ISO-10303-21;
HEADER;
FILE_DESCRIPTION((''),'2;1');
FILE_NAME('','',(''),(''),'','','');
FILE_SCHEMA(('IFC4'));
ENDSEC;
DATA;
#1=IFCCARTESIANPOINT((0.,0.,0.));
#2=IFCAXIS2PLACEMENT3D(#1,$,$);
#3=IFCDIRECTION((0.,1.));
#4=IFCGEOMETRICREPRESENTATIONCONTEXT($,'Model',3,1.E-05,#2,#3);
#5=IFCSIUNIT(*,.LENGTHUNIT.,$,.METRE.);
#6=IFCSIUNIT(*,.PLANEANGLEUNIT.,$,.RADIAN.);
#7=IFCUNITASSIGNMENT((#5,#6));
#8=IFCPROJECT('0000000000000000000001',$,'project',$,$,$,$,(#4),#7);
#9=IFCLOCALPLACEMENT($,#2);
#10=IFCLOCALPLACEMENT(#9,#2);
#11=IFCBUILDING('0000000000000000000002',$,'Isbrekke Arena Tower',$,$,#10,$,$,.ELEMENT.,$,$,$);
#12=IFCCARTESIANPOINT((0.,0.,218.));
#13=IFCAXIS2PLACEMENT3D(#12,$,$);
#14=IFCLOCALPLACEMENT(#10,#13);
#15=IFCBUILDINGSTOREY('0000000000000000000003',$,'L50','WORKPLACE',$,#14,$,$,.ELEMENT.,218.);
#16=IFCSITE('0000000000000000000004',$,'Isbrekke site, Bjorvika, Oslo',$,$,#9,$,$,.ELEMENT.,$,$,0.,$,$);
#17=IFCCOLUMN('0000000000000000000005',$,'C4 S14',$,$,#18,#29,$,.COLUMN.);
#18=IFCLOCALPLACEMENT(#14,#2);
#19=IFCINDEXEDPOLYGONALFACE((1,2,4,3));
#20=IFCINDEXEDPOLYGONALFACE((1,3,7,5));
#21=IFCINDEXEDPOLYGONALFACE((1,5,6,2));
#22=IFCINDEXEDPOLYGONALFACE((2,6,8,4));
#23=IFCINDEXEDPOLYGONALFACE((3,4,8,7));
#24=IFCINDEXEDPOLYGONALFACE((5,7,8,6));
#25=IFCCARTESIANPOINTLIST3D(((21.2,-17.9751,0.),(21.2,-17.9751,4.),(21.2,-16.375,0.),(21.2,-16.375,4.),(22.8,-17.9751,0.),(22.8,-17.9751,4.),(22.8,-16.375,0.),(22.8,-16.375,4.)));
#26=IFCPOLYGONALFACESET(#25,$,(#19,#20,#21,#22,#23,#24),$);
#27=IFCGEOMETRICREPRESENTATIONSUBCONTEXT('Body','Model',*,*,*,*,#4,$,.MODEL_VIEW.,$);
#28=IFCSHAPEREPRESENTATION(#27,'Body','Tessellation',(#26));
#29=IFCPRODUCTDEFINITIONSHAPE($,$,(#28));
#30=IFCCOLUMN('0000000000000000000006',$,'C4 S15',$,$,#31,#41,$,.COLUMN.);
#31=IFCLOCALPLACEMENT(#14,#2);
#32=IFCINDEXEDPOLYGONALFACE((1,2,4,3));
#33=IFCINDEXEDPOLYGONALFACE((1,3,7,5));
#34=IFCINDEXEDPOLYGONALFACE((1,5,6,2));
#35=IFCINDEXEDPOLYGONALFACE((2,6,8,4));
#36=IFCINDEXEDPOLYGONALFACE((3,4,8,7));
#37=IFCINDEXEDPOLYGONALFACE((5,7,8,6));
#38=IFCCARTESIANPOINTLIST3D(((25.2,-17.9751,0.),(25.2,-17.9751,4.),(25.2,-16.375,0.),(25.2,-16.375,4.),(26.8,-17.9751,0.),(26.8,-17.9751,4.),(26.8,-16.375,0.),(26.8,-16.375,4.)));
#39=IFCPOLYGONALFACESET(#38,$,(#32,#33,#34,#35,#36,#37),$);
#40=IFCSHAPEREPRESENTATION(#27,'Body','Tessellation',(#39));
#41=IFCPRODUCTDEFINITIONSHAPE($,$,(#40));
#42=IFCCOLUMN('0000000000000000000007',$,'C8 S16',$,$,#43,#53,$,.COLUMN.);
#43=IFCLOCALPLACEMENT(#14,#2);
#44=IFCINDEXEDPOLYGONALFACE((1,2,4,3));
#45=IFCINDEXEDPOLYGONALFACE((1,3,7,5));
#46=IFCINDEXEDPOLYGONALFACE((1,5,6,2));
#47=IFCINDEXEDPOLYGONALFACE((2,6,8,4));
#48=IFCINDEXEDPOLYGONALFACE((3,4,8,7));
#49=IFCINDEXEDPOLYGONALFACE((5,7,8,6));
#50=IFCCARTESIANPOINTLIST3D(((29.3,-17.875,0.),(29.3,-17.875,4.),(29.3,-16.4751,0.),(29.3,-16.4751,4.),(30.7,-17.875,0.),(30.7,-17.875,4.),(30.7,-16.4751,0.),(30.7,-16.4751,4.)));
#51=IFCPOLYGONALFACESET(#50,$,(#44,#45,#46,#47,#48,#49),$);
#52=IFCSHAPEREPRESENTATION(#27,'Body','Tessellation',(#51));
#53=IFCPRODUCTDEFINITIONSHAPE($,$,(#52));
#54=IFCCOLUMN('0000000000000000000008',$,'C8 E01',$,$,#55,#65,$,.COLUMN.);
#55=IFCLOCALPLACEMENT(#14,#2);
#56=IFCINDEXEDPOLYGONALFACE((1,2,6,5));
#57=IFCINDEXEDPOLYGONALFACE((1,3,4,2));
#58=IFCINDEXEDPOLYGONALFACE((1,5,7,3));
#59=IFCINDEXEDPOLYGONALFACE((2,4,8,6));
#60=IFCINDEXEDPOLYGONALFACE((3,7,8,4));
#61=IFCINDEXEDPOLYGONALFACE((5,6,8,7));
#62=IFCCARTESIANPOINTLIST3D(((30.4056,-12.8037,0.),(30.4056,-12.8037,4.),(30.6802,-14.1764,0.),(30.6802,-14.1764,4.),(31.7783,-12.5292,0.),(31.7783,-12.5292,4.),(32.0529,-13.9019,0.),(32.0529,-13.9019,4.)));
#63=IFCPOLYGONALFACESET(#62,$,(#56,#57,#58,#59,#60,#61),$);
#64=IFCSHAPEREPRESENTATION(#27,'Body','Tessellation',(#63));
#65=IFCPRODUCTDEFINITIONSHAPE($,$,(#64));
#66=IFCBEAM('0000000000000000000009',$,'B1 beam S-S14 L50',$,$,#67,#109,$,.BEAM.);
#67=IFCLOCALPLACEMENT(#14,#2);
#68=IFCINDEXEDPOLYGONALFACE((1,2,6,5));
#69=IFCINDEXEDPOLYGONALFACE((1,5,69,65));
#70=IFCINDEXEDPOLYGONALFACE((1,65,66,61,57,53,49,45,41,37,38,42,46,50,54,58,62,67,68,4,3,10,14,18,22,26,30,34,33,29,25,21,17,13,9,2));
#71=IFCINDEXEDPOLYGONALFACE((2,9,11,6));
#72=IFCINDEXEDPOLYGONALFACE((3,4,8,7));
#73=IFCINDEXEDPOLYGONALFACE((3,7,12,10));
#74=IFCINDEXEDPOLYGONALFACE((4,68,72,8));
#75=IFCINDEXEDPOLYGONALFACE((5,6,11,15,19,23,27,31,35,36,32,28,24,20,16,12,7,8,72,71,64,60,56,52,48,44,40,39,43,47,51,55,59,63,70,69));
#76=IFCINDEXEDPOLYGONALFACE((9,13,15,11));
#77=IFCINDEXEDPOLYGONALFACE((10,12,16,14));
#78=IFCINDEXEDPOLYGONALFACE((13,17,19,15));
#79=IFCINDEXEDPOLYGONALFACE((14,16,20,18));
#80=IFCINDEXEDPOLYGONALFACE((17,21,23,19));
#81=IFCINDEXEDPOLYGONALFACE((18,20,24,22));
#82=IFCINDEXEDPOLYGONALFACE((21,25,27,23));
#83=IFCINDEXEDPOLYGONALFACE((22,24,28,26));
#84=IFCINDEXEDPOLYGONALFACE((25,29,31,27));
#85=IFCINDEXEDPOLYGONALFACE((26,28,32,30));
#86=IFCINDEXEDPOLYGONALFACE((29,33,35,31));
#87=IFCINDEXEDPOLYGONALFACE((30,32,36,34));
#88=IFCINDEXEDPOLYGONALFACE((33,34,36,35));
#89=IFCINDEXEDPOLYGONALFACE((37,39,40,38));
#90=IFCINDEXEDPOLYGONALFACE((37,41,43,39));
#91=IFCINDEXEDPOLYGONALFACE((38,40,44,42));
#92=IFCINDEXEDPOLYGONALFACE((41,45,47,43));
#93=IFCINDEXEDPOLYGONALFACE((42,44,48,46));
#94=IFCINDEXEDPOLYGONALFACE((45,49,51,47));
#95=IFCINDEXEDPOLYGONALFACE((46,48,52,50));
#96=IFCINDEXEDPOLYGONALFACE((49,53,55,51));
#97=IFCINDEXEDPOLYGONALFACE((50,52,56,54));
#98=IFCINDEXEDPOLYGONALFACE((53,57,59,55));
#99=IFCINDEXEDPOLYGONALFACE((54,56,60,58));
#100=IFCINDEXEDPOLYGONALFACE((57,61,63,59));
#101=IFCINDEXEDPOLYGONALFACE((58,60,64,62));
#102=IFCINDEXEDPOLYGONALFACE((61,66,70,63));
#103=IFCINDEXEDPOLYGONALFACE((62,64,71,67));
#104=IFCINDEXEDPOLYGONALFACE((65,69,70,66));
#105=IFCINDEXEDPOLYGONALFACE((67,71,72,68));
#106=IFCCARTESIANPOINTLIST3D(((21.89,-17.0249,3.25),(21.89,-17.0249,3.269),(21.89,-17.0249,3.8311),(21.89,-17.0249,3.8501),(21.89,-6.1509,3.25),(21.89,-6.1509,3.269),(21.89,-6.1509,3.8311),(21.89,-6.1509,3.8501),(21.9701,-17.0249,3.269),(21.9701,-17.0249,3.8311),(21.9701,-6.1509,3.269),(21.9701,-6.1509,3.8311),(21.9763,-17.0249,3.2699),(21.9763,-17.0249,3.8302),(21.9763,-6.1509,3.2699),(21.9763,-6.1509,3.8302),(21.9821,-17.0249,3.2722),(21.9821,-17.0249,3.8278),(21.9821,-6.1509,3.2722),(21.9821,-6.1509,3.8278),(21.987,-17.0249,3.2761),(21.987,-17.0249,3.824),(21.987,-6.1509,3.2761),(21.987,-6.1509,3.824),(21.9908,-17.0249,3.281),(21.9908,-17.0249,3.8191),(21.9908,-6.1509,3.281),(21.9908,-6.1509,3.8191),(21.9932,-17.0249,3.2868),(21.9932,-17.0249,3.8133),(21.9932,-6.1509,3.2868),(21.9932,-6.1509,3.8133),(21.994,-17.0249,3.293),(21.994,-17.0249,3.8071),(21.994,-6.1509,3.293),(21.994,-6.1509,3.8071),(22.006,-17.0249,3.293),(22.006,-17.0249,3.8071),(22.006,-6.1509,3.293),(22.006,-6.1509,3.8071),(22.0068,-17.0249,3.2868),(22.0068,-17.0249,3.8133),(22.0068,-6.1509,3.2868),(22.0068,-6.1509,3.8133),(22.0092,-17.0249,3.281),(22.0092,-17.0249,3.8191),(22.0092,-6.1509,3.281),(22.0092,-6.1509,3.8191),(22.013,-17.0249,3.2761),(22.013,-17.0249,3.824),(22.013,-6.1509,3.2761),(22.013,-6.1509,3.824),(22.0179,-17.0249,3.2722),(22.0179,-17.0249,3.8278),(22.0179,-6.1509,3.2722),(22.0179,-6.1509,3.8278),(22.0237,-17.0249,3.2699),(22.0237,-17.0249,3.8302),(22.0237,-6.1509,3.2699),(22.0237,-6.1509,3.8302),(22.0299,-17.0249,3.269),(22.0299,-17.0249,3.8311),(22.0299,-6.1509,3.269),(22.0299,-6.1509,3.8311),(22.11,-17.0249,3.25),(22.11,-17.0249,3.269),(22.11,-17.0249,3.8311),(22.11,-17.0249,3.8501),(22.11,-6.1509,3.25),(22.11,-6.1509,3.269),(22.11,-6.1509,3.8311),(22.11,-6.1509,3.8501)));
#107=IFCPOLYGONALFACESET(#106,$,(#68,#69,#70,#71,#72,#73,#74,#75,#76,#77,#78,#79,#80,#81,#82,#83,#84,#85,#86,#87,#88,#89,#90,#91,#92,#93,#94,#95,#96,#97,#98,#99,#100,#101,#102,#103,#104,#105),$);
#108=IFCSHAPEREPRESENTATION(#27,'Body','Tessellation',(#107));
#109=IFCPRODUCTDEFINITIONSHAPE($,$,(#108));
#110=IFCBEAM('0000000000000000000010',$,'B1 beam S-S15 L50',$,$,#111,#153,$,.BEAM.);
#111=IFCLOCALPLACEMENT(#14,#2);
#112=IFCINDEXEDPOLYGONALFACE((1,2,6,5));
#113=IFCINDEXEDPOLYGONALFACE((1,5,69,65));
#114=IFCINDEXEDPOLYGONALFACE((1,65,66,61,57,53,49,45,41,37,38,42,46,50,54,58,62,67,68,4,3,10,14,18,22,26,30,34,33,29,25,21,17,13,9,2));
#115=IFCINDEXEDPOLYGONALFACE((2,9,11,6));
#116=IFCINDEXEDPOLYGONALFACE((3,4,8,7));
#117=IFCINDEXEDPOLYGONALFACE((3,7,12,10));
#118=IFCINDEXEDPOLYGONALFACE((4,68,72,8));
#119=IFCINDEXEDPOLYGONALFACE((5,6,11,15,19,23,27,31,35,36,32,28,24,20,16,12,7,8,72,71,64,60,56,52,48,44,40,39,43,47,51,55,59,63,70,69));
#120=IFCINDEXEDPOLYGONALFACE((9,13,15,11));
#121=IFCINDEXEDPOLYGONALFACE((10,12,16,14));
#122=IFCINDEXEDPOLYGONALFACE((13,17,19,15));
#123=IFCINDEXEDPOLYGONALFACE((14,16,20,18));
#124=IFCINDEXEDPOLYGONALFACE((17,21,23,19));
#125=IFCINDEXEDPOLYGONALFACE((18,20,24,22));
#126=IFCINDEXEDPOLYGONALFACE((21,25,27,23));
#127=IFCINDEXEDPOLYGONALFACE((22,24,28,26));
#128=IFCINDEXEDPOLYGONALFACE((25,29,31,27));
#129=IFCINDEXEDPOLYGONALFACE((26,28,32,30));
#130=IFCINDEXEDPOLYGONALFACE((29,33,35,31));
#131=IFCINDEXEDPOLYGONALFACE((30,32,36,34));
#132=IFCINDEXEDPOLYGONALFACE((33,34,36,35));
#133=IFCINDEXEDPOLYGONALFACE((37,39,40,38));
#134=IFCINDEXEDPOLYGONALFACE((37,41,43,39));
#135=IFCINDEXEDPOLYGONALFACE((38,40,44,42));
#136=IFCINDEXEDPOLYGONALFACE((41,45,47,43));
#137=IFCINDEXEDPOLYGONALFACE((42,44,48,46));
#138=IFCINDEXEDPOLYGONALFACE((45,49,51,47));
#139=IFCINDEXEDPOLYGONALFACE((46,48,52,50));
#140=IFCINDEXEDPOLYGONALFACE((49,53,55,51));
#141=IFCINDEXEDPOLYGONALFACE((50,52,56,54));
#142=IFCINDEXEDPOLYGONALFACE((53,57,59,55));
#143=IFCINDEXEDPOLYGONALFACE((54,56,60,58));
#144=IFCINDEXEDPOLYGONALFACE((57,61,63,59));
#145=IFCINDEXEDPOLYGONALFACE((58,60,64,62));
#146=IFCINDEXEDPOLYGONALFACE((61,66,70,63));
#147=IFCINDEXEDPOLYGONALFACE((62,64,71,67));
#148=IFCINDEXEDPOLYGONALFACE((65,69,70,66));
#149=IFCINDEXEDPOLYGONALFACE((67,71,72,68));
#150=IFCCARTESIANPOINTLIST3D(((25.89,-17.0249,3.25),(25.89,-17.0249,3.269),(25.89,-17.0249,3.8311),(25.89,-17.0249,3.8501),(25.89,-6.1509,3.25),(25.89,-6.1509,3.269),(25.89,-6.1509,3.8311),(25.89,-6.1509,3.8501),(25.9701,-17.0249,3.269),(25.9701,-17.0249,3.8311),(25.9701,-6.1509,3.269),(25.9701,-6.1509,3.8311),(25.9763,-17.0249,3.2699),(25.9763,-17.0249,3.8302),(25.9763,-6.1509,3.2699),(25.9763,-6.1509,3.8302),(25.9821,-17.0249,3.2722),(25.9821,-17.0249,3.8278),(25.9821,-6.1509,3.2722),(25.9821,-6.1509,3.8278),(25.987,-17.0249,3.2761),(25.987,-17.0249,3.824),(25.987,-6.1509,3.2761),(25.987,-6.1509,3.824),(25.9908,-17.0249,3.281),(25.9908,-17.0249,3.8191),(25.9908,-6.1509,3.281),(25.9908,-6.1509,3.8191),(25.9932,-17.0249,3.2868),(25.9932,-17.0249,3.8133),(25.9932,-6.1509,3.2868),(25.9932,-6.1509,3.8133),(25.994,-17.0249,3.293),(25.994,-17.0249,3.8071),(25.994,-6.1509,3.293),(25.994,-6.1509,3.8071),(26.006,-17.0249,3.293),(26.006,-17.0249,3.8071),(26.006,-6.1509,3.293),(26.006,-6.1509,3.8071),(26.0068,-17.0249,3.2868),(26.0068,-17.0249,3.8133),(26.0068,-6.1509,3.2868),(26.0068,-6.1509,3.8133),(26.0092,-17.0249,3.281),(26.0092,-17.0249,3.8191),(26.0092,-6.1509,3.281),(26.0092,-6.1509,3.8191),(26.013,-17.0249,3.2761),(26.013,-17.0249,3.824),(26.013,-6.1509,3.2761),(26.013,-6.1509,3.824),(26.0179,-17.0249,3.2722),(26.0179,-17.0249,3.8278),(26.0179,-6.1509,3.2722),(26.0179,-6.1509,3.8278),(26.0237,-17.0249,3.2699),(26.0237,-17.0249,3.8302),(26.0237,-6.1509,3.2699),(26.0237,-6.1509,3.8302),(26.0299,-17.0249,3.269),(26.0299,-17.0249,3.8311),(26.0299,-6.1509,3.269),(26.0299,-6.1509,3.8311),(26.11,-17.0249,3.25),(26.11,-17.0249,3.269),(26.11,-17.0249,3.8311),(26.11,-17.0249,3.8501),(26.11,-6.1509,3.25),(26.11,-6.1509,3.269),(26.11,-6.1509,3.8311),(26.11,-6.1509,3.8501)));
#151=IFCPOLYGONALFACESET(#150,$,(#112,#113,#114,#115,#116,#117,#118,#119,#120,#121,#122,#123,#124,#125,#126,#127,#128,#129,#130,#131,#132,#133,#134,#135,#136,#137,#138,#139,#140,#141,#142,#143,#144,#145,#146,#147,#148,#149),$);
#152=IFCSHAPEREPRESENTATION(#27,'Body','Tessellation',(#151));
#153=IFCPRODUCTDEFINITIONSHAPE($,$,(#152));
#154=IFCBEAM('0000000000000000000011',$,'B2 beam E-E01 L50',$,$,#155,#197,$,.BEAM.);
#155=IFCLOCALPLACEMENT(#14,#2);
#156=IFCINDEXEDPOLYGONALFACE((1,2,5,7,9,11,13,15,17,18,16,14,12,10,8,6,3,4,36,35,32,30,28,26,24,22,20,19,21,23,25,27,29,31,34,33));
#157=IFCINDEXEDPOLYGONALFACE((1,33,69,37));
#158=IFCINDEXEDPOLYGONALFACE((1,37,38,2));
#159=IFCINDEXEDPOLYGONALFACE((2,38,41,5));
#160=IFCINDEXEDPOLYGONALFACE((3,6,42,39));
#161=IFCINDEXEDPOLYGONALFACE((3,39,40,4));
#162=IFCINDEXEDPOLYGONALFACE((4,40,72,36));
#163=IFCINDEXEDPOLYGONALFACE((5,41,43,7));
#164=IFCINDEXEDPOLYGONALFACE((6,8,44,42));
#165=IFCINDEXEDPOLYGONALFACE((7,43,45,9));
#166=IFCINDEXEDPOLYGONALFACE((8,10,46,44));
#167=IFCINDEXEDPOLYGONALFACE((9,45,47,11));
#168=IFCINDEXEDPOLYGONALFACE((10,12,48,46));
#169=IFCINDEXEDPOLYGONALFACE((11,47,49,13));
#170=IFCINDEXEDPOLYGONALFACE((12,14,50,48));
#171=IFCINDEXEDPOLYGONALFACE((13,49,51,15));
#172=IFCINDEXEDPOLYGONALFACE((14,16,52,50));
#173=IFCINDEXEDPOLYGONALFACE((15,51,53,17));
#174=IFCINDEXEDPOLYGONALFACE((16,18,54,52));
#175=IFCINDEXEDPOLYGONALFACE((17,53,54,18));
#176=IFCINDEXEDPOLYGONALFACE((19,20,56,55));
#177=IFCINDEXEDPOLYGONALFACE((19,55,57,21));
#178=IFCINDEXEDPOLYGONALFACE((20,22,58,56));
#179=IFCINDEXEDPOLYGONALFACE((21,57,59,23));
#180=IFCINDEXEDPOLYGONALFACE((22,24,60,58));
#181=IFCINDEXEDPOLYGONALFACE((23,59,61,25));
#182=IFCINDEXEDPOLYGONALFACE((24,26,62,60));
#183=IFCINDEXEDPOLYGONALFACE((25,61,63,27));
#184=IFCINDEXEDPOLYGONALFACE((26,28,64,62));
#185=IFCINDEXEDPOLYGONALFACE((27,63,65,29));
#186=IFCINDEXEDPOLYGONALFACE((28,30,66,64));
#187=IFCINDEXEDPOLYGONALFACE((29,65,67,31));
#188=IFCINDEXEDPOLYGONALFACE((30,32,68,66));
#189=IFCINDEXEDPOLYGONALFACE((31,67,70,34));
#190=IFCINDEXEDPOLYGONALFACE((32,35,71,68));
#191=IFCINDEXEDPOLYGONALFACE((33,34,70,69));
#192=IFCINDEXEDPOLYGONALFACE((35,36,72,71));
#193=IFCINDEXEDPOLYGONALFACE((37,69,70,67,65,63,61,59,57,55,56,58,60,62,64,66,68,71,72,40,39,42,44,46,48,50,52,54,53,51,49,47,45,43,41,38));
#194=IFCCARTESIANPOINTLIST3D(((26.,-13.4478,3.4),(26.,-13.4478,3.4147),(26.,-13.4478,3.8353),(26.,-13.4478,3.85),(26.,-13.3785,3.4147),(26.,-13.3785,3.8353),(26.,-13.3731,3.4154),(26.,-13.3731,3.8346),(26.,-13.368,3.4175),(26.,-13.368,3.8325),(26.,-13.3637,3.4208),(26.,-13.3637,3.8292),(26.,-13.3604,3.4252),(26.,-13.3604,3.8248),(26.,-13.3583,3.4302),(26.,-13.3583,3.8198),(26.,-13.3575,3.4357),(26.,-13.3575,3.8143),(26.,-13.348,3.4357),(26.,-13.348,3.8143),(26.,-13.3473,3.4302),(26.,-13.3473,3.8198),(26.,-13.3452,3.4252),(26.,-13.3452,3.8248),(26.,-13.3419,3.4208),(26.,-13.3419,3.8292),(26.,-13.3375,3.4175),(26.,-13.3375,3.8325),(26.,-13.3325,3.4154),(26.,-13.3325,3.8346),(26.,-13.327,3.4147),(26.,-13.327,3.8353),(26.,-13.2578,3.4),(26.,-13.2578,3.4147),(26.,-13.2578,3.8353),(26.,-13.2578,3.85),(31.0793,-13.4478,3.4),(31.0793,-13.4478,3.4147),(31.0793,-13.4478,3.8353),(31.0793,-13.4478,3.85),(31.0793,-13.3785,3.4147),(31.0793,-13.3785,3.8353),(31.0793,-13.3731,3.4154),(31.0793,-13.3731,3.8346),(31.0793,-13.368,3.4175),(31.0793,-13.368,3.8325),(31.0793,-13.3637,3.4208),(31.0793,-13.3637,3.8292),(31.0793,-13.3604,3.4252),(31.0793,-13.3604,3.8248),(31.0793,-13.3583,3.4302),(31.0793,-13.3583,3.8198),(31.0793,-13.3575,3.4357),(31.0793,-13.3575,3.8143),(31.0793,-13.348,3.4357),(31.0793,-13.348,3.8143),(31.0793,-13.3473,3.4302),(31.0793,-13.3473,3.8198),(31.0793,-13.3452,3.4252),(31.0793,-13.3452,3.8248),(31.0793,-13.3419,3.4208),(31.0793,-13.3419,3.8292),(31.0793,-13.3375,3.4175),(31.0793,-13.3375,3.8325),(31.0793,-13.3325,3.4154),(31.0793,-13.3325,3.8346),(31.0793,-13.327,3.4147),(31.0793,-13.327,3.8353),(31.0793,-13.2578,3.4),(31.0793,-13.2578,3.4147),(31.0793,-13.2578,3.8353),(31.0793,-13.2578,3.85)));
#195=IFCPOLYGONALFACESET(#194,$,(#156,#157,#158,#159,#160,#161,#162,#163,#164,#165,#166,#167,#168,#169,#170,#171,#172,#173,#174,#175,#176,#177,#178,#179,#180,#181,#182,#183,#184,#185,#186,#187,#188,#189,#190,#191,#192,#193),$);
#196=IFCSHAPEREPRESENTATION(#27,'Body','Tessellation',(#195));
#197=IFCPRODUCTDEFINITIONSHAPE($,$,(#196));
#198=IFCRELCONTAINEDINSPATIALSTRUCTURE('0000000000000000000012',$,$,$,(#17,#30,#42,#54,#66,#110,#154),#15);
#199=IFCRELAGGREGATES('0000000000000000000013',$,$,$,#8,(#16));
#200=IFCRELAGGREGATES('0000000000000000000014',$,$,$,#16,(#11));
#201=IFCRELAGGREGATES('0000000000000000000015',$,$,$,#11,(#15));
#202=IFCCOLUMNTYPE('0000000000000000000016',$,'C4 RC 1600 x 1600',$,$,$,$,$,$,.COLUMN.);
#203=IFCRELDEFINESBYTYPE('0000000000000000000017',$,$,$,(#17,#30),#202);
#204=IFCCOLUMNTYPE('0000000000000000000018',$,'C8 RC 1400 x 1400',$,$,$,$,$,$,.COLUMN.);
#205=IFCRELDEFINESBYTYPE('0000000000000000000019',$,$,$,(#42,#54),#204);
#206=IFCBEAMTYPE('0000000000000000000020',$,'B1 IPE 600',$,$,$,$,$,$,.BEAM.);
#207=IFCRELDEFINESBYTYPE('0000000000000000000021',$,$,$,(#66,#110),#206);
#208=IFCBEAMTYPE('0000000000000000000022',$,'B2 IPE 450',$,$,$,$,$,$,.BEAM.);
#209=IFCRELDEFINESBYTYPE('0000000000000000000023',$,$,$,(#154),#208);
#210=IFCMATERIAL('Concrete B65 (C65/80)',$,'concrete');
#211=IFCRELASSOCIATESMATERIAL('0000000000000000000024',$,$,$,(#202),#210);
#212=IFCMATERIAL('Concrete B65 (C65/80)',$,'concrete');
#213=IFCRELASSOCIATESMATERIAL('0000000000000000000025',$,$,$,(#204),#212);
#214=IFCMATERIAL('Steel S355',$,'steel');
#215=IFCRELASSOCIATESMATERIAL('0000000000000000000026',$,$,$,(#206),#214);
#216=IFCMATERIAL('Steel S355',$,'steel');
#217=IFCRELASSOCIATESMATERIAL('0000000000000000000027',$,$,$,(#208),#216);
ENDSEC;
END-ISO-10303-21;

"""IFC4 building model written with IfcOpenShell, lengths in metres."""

from ifc_helpers import new_model, si_unit, direction, frame, origin, origin_2d, place, context, subcontext, project, spatial, rectangle, i_section, extrude, material, material_profile, profile_set, type_object, element, save


model = new_model("IFC4")

# Units and contexts
model_context = context("Model", 3, precision=1e-05, world=origin(), true_north=direction((0.0, 1.0)))
body_context = subcontext(model_context, "Body", "Model", "MODEL_VIEW")
ifc_project = project(units=[si_unit("LENGTHUNIT", "METRE"), si_unit("PLANEANGLEUNIT", "RADIAN")], contexts=[model_context])

# Site, building, storey
site_placement = place(None, origin())
site = spatial("IfcSite", under=ifc_project, at=site_placement, Name="Isbrekke site, Bjorvika, Oslo", CompositionType="ELEMENT", RefElevation=0.0)
building_placement = place(site_placement, origin())
building = spatial("IfcBuilding", under=site, at=building_placement, Name="Isbrekke Arena Tower", CompositionType="ELEMENT")
storey_placement = place(building_placement, frame((0.0, 0.0, 218.0)))
storey = spatial("IfcBuildingStorey", under=building, at=storey_placement, Name="L50", Description="WORKPLACE", CompositionType="ELEMENT", Elevation=218.0)

# Columns
ifc_material_1 = material(Name="Concrete B65 (C65/80)", Category="concrete")
ifc_material_profile_1 = material_profile(ifc_material_1, rectangle(XDim=1.6001, YDim=1.6001, at=origin_2d()), Name="RC 1600x1600")
ifc_profile_set_1 = profile_set([ifc_material_profile_1], Name="Concrete B65 (C65/80)")
column_type_1 = type_object("IfcColumnType", Name="C4 RC 1600 x 1600", PredefinedType="COLUMN", material=ifc_profile_set_1)
for number, where, z_axis, x_axis, name in (
    (1, (22.0, -17.175, 0.0), (0.0, 0.0, 1.0), (1.0, 0.0, 0.0), "C4 S14"),
    (2, (26.0, -17.175, 0.0), (0.0, 0.0, 1.0), (1.0, 0.0, 0.0), "C4 S15"),
):
    element("IfcColumn", number, at=place(storey_placement, frame(where, z_axis=z_axis, x_axis=x_axis)), inside=storey, type_object=column_type_1, Name=name, PredefinedType="COLUMN", context=body_context, shape_type="SweptSolid", body=[
        extrude(rectangle(XDim=1.6001, YDim=1.6001, at=origin_2d()), origin(), (0.0, 0.0, 1.0), 4.0),
    ])
ifc_material_2 = material(Name="Concrete B65 (C65/80)", Category="concrete")
ifc_material_profile_2 = material_profile(ifc_material_2, rectangle(XDim=1.3999, YDim=1.3999, at=origin_2d()), Name="RC 1400x1400")
ifc_profile_set_2 = profile_set([ifc_material_profile_2], Name="Concrete B65 (C65/80)")
column_type_2 = type_object("IfcColumnType", Name="C8 RC 1400 x 1400", PredefinedType="COLUMN", material=ifc_profile_set_2)
for number, where, z_axis, x_axis, name in (
    (3, (30.0, -17.175, 0.0), (0.0, 0.0, 1.0), (1.0, 0.0, 0.0), "C8 S16"),
    (4, (31.2292, -13.3528, 0.0), (0.0, 0.0, 1.0), (-0.196116, 0.980581, 0.0), "C8 E01"),
):
    element("IfcColumn", number, at=place(storey_placement, frame(where, z_axis=z_axis, x_axis=x_axis)), inside=storey, type_object=column_type_2, Name=name, PredefinedType="COLUMN", context=body_context, shape_type="SweptSolid", body=[
        extrude(rectangle(XDim=1.3999, YDim=1.3999, at=origin_2d()), origin(), (0.0, 0.0, 1.0), 4.0),
    ])

# Beams
ifc_material_3 = material(Name="Steel S355", Category="steel")
ifc_material_profile_3 = material_profile(ifc_material_3, i_section(OverallWidth=0.22, OverallDepth=0.6001, WebThickness=0.012, FlangeThickness=0.019, FilletRadius=0.0239, at=origin_2d()), Name="IPE 600")
ifc_profile_set_3 = profile_set([ifc_material_profile_3], Name="Steel S355")
beam_type_1 = type_object("IfcBeamType", Name="B1 IPE 600", PredefinedType="BEAM", material=ifc_profile_set_3)
for number, where, z_axis, x_axis, name in (
    (5, (22.0, -17.0249, 3.55), (0.0, 1.0, 0.0), (-1.0, 0.0, 0.0), "B1 beam S-S14 L50"),
    (6, (26.0, -17.0249, 3.55), (0.0, 1.0, 0.0), (-1.0, 0.0, 0.0), "B1 beam S-S15 L50"),
):
    element("IfcBeam", number, at=place(storey_placement, frame(where, z_axis=z_axis, x_axis=x_axis)), inside=storey, type_object=beam_type_1, Name=name, PredefinedType="BEAM", context=body_context, shape_type="SweptSolid", body=[
        extrude(i_section(OverallWidth=0.22, OverallDepth=0.6001, WebThickness=0.012, FlangeThickness=0.019, FilletRadius=0.0239, at=origin_2d()), origin(), (0.0, 0.0, 1.0), 10.874),
    ])
ifc_material_4 = material(Name="Steel S355", Category="steel")
ifc_material_profile_4 = material_profile(ifc_material_4, i_section(OverallWidth=0.1899, OverallDepth=0.45, WebThickness=0.0095, FlangeThickness=0.0146, FilletRadius=0.021, at=origin_2d()), Name="IPE 450")
ifc_profile_set_4 = profile_set([ifc_material_profile_4], Name="Steel S355")
beam_type_2 = type_object("IfcBeamType", Name="B2 IPE 450", PredefinedType="BEAM", material=ifc_profile_set_4)
beam_1_placement = place(storey_placement, frame((31.0793, -13.3528, 3.625), z_axis=(-1.0, 0.0, 0.0), x_axis=(0.0, -1.0, 0.0)))
element("IfcBeam", 7, at=beam_1_placement, inside=storey, type_object=beam_type_2, Name="B2 beam E-E01 L50", PredefinedType="BEAM", context=body_context, shape_type="SweptSolid", body=[
    extrude(i_section(OverallWidth=0.1899, OverallDepth=0.45, WebThickness=0.0095, FlangeThickness=0.0146, FilletRadius=0.021, at=origin_2d()), origin(), (0.0, 0.0, 1.0), 5.0793),
])

save(model, "model.ifc")
